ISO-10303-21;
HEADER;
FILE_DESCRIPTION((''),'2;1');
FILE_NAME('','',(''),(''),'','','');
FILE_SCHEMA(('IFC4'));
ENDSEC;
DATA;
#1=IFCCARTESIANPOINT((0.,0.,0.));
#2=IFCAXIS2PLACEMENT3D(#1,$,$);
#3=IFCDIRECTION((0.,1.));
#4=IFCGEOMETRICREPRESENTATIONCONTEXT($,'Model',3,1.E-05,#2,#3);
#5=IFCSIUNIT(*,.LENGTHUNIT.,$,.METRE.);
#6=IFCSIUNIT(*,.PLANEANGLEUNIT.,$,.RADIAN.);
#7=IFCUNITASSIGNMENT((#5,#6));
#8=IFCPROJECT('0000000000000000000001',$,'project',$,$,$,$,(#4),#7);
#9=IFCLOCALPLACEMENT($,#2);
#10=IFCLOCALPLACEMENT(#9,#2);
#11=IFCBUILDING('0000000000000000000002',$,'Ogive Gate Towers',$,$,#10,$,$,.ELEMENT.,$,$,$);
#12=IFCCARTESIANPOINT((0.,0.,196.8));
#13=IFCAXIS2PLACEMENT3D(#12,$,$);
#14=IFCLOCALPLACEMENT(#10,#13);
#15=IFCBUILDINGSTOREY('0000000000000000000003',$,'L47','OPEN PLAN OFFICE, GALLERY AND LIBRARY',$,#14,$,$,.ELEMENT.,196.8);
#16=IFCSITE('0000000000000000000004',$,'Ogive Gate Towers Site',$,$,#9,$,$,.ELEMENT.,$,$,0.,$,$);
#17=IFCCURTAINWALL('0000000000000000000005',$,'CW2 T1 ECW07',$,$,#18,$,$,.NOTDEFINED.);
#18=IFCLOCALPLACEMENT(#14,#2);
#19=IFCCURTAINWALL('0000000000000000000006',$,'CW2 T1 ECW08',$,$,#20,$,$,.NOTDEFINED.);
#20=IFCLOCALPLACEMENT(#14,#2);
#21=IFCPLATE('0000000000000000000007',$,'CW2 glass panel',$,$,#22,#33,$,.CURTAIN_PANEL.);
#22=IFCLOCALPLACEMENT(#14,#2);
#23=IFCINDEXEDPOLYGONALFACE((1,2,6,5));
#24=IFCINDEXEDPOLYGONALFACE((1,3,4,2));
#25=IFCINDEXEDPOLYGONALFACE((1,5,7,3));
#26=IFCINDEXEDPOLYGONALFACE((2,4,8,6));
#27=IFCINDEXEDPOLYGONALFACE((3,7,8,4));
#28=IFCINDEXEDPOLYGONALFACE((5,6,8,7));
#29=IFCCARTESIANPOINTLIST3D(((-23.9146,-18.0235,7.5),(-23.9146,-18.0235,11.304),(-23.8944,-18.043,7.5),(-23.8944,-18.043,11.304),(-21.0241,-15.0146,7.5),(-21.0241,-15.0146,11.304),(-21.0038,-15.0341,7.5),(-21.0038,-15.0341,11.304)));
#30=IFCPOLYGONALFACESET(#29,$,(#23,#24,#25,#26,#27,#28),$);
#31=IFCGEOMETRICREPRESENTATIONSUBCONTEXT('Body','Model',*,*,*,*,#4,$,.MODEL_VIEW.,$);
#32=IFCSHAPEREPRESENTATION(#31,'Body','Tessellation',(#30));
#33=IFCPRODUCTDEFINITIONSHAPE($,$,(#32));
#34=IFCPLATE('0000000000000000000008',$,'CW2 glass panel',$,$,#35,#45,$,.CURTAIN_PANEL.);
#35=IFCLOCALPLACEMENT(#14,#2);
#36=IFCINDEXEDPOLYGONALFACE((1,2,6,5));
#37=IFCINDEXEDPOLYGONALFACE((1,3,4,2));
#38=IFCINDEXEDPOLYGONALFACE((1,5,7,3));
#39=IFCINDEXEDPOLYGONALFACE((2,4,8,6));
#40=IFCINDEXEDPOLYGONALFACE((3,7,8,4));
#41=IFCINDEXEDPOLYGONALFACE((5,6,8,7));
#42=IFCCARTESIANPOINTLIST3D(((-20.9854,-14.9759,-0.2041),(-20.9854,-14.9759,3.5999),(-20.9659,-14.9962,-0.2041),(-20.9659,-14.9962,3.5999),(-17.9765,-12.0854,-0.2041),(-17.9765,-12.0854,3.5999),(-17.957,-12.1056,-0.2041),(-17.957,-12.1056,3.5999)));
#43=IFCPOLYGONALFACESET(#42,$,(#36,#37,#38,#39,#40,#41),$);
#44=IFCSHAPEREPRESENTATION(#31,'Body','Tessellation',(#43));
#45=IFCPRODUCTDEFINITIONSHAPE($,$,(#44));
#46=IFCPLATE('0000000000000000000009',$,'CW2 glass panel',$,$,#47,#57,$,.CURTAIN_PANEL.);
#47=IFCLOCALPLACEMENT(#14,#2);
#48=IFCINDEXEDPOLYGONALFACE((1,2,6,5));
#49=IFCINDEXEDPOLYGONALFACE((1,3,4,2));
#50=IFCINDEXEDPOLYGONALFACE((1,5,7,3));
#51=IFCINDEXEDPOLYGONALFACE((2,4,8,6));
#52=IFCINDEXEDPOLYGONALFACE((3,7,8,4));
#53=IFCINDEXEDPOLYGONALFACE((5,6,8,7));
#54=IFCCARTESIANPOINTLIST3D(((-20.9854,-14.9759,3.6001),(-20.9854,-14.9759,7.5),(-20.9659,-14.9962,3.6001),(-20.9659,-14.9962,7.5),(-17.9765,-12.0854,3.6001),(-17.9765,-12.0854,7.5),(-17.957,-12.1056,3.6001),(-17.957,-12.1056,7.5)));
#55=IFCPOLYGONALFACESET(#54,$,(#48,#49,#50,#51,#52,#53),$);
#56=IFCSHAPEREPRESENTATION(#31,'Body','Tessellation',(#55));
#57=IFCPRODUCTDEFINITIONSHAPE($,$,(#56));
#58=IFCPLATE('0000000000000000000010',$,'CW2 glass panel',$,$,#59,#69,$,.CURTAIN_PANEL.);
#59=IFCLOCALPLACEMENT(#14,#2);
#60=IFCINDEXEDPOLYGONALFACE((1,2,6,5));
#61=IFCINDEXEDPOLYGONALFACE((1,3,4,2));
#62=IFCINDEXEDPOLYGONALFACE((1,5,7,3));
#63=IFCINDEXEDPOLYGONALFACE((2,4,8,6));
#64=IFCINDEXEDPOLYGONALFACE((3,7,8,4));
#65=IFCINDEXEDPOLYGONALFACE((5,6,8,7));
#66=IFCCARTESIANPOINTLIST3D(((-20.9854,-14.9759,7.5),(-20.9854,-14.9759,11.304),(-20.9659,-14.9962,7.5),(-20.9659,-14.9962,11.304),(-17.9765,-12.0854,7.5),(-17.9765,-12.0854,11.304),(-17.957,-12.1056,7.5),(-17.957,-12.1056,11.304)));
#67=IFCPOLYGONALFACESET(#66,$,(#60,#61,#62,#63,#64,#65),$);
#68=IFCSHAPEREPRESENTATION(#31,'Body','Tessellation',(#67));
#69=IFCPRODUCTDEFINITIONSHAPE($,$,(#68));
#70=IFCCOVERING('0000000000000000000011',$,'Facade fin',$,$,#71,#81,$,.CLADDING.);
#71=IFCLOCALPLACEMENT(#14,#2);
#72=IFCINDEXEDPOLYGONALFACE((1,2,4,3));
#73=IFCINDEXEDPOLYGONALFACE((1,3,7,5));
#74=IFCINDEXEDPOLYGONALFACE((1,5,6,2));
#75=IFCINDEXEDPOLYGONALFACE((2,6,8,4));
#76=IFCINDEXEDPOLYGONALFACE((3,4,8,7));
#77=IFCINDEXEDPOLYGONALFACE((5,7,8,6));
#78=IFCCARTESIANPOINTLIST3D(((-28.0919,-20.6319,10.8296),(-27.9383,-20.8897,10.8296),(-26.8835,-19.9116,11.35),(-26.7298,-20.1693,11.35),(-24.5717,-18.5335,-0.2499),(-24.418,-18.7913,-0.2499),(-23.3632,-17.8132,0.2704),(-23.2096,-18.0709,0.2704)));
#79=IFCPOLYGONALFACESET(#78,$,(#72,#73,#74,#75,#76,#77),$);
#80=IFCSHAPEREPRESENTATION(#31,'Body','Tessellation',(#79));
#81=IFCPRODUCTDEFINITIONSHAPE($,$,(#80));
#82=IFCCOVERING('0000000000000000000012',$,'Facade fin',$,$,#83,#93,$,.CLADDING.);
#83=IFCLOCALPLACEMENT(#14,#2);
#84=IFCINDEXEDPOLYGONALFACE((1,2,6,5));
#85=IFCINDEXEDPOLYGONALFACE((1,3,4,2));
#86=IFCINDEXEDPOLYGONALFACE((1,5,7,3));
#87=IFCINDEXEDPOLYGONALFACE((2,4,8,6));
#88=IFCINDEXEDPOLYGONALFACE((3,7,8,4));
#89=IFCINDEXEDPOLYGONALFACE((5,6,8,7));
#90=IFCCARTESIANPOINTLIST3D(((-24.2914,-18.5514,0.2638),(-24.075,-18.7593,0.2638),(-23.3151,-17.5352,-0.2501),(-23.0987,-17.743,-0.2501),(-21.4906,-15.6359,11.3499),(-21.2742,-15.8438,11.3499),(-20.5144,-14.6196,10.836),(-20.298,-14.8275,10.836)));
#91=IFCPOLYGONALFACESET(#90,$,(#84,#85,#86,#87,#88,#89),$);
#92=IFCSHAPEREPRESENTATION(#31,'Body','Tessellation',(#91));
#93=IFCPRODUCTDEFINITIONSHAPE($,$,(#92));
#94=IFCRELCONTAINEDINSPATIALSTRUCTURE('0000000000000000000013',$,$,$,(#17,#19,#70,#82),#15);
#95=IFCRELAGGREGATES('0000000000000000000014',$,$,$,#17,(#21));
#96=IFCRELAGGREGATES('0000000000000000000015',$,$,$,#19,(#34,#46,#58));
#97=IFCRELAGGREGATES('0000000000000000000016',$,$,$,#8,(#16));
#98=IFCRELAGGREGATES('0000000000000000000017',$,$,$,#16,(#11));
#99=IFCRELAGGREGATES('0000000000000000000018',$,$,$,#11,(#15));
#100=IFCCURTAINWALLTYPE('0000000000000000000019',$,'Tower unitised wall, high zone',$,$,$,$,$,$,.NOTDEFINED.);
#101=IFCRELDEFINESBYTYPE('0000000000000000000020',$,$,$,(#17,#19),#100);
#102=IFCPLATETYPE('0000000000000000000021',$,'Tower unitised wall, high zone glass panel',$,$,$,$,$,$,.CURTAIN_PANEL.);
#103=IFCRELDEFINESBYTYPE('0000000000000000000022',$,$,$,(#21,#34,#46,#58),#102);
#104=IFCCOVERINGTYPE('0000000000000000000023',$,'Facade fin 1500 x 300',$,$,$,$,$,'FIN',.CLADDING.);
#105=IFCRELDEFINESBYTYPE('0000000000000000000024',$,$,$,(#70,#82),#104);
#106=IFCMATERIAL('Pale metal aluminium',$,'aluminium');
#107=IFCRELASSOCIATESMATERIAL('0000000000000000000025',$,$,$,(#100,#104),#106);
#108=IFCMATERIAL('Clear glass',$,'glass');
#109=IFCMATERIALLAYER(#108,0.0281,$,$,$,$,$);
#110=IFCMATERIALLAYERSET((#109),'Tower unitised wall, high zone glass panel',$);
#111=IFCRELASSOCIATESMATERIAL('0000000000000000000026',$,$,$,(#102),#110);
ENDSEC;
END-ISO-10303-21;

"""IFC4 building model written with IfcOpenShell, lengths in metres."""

from ifc_helpers import new_model, si_unit, direction, frame, origin, origin_2d, place, context, subcontext, project, spatial, rectangle, extrude, material, layer, layer_set, material_profile, profile_set, type_object, element, aggregate, save


model = new_model("IFC4")

# Units and contexts
model_context = context("Model", 3, precision=1e-05, world=origin(), true_north=direction((0.0, 1.0)))
body_context = subcontext(model_context, "Body", "Model", "MODEL_VIEW")
ifc_project = project(units=[si_unit("LENGTHUNIT", "METRE"), si_unit("PLANEANGLEUNIT", "RADIAN")], contexts=[model_context])

# Site, building, storey
site_placement = place(None, origin())
site = spatial("IfcSite", under=ifc_project, at=site_placement, Name="Ogive Gate Towers Site", CompositionType="ELEMENT", RefElevation=0.0)
building_placement = place(site_placement, origin())
building = spatial("IfcBuilding", under=site, at=building_placement, Name="Ogive Gate Towers", CompositionType="ELEMENT")
storey_placement = place(building_placement, frame((0.0, 0.0, 196.8)))
storey = spatial("IfcBuildingStorey", under=building, at=storey_placement, Name="L47", Description="OPEN PLAN OFFICE, GALLERY AND LIBRARY", CompositionType="ELEMENT", Elevation=196.8)

# Curtain walls
ifc_material_1 = material(Name="Pale metal aluminium", Category="aluminium")
curtain_wall_type = type_object("IfcCurtainWallType", Name="Tower unitised wall, high zone", PredefinedType="NOTDEFINED", material=ifc_material_1)
curtain_wall_1_placement = place(storey_placement, origin())
curtain_wall_1 = element("IfcCurtainWall", 1, at=curtain_wall_1_placement, inside=storey, type_object=curtain_wall_type, Name="CW2 T1 ECW07", PredefinedType="NOTDEFINED")
curtain_wall_2_placement = place(storey_placement, origin())
curtain_wall_2 = element("IfcCurtainWall", 2, at=curtain_wall_2_placement, inside=storey, type_object=curtain_wall_type, Name="CW2 T1 ECW08", PredefinedType="NOTDEFINED")

# Plates
ifc_material_2 = material(Name="Clear glass", Category="glass")
ifc_layer = layer(ifc_material_2, 0.0281)
ifc_layer_set = layer_set([ifc_layer], Name="Tower unitised wall, high zone glass panel")
plate_type = type_object("IfcPlateType", Name="Tower unitised wall, high zone glass panel", PredefinedType="CURTAIN_PANEL", material=ifc_layer_set)
plate_1_placement = place(storey_placement, frame((-22.4592, -16.5288, 7.5), z_axis=(0.0, 0.0, 1.0), x_axis=(0.692785, 0.721144, 0.0)))
plate_1 = element("IfcPlate", 3, at=plate_1_placement, type_object=plate_type, Name="CW2 glass panel", PredefinedType="CURTAIN_PANEL", context=body_context, shape_type="SweptSolid", body=[
    extrude(rectangle(XDim=4.1724, YDim=0.0281, at=origin_2d()), origin(), (0.0, 0.0, 1.0), 3.804),
])
aggregate(curtain_wall_1, [plate_1])
plate_2_placement = place(storey_placement, frame((-19.4712, -13.5408, -0.2041), z_axis=(0.0, 0.0, 1.0), x_axis=(0.721144, 0.692785, 0.0)))
plate_2 = element("IfcPlate", 4, at=plate_2_placement, type_object=plate_type, Name="CW2 glass panel", PredefinedType="CURTAIN_PANEL", context=body_context, shape_type="SweptSolid", body=[
    extrude(rectangle(XDim=4.1724, YDim=0.0281, at=origin_2d()), origin(), (0.0, 0.0, 1.0), 3.804),
])
plate_3_placement = place(storey_placement, frame((-19.4712, -13.5408, 3.6001), z_axis=(0.0, 0.0, 1.0), x_axis=(0.721144, 0.692785, 0.0)))
plate_3 = element("IfcPlate", 5, at=plate_3_placement, type_object=plate_type, Name="CW2 glass panel", PredefinedType="CURTAIN_PANEL", context=body_context, shape_type="SweptSolid", body=[
    extrude(rectangle(XDim=4.1724, YDim=0.0281, at=origin_2d()), origin(), (0.0, 0.0, 1.0), 3.8999),
])
plate_4_placement = place(storey_placement, frame((-19.4712, -13.5408, 7.5), z_axis=(0.0, 0.0, 1.0), x_axis=(0.721144, 0.692785, 0.0)))
plate_4 = element("IfcPlate", 6, at=plate_4_placement, type_object=plate_type, Name="CW2 glass panel", PredefinedType="CURTAIN_PANEL", context=body_context, shape_type="SweptSolid", body=[
    extrude(rectangle(XDim=4.1724, YDim=0.0281, at=origin_2d()), origin(), (0.0, 0.0, 1.0), 3.804),
])
aggregate(curtain_wall_2, [plate_2, plate_3, plate_4])

# Coverings
ifc_material_profile_1 = material_profile(ifc_material_1, rectangle(XDim=0.3, YDim=1.5, at=origin_2d()), Name="1500 x 300 pale metal aluminium")
ifc_profile_set_1 = profile_set([ifc_material_profile_1], Name="Pale metal aluminium")
covering_type = type_object("IfcCoveringType", Name="Facade fin 1500 x 300", ElementType="FIN", PredefinedType="CLADDING", material=ifc_profile_set_1)
covering_1_placement = place(storey_placement, frame((-23.8906, -18.3022, 0.0103), z_axis=(-0.297993, -0.17763, 0.937895), x_axis=(0.512023, -0.858972, 0.0)))
element("IfcCovering", 7, at=covering_1_placement, inside=storey, type_object=covering_type, Name="Facade fin", PredefinedType="CLADDING", context=body_context, shape_type="SweptSolid", body=[
    extrude(rectangle(XDim=0.3, YDim=1.5, at=origin_2d()), origin(), (0.0, 0.0, 1.0), 11.8132),
])
covering_2_placement = place(storey_placement, frame((-23.6951, -18.1472, 0.0068), z_axis=(0.237347, 0.247071, 0.93948), x_axis=(-0.721156, 0.692773, 0.0)))
element("IfcCovering", 8, at=covering_2_placement, inside=storey, type_object=covering_type, Name="Facade fin", PredefinedType="CLADDING", context=body_context, shape_type="SweptSolid", body=[
    extrude(rectangle(XDim=0.3, YDim=1.5, at=origin_2d()), origin(), (0.0, 0.0, 1.0), 11.8003),
])

save(model, "model.ifc")
